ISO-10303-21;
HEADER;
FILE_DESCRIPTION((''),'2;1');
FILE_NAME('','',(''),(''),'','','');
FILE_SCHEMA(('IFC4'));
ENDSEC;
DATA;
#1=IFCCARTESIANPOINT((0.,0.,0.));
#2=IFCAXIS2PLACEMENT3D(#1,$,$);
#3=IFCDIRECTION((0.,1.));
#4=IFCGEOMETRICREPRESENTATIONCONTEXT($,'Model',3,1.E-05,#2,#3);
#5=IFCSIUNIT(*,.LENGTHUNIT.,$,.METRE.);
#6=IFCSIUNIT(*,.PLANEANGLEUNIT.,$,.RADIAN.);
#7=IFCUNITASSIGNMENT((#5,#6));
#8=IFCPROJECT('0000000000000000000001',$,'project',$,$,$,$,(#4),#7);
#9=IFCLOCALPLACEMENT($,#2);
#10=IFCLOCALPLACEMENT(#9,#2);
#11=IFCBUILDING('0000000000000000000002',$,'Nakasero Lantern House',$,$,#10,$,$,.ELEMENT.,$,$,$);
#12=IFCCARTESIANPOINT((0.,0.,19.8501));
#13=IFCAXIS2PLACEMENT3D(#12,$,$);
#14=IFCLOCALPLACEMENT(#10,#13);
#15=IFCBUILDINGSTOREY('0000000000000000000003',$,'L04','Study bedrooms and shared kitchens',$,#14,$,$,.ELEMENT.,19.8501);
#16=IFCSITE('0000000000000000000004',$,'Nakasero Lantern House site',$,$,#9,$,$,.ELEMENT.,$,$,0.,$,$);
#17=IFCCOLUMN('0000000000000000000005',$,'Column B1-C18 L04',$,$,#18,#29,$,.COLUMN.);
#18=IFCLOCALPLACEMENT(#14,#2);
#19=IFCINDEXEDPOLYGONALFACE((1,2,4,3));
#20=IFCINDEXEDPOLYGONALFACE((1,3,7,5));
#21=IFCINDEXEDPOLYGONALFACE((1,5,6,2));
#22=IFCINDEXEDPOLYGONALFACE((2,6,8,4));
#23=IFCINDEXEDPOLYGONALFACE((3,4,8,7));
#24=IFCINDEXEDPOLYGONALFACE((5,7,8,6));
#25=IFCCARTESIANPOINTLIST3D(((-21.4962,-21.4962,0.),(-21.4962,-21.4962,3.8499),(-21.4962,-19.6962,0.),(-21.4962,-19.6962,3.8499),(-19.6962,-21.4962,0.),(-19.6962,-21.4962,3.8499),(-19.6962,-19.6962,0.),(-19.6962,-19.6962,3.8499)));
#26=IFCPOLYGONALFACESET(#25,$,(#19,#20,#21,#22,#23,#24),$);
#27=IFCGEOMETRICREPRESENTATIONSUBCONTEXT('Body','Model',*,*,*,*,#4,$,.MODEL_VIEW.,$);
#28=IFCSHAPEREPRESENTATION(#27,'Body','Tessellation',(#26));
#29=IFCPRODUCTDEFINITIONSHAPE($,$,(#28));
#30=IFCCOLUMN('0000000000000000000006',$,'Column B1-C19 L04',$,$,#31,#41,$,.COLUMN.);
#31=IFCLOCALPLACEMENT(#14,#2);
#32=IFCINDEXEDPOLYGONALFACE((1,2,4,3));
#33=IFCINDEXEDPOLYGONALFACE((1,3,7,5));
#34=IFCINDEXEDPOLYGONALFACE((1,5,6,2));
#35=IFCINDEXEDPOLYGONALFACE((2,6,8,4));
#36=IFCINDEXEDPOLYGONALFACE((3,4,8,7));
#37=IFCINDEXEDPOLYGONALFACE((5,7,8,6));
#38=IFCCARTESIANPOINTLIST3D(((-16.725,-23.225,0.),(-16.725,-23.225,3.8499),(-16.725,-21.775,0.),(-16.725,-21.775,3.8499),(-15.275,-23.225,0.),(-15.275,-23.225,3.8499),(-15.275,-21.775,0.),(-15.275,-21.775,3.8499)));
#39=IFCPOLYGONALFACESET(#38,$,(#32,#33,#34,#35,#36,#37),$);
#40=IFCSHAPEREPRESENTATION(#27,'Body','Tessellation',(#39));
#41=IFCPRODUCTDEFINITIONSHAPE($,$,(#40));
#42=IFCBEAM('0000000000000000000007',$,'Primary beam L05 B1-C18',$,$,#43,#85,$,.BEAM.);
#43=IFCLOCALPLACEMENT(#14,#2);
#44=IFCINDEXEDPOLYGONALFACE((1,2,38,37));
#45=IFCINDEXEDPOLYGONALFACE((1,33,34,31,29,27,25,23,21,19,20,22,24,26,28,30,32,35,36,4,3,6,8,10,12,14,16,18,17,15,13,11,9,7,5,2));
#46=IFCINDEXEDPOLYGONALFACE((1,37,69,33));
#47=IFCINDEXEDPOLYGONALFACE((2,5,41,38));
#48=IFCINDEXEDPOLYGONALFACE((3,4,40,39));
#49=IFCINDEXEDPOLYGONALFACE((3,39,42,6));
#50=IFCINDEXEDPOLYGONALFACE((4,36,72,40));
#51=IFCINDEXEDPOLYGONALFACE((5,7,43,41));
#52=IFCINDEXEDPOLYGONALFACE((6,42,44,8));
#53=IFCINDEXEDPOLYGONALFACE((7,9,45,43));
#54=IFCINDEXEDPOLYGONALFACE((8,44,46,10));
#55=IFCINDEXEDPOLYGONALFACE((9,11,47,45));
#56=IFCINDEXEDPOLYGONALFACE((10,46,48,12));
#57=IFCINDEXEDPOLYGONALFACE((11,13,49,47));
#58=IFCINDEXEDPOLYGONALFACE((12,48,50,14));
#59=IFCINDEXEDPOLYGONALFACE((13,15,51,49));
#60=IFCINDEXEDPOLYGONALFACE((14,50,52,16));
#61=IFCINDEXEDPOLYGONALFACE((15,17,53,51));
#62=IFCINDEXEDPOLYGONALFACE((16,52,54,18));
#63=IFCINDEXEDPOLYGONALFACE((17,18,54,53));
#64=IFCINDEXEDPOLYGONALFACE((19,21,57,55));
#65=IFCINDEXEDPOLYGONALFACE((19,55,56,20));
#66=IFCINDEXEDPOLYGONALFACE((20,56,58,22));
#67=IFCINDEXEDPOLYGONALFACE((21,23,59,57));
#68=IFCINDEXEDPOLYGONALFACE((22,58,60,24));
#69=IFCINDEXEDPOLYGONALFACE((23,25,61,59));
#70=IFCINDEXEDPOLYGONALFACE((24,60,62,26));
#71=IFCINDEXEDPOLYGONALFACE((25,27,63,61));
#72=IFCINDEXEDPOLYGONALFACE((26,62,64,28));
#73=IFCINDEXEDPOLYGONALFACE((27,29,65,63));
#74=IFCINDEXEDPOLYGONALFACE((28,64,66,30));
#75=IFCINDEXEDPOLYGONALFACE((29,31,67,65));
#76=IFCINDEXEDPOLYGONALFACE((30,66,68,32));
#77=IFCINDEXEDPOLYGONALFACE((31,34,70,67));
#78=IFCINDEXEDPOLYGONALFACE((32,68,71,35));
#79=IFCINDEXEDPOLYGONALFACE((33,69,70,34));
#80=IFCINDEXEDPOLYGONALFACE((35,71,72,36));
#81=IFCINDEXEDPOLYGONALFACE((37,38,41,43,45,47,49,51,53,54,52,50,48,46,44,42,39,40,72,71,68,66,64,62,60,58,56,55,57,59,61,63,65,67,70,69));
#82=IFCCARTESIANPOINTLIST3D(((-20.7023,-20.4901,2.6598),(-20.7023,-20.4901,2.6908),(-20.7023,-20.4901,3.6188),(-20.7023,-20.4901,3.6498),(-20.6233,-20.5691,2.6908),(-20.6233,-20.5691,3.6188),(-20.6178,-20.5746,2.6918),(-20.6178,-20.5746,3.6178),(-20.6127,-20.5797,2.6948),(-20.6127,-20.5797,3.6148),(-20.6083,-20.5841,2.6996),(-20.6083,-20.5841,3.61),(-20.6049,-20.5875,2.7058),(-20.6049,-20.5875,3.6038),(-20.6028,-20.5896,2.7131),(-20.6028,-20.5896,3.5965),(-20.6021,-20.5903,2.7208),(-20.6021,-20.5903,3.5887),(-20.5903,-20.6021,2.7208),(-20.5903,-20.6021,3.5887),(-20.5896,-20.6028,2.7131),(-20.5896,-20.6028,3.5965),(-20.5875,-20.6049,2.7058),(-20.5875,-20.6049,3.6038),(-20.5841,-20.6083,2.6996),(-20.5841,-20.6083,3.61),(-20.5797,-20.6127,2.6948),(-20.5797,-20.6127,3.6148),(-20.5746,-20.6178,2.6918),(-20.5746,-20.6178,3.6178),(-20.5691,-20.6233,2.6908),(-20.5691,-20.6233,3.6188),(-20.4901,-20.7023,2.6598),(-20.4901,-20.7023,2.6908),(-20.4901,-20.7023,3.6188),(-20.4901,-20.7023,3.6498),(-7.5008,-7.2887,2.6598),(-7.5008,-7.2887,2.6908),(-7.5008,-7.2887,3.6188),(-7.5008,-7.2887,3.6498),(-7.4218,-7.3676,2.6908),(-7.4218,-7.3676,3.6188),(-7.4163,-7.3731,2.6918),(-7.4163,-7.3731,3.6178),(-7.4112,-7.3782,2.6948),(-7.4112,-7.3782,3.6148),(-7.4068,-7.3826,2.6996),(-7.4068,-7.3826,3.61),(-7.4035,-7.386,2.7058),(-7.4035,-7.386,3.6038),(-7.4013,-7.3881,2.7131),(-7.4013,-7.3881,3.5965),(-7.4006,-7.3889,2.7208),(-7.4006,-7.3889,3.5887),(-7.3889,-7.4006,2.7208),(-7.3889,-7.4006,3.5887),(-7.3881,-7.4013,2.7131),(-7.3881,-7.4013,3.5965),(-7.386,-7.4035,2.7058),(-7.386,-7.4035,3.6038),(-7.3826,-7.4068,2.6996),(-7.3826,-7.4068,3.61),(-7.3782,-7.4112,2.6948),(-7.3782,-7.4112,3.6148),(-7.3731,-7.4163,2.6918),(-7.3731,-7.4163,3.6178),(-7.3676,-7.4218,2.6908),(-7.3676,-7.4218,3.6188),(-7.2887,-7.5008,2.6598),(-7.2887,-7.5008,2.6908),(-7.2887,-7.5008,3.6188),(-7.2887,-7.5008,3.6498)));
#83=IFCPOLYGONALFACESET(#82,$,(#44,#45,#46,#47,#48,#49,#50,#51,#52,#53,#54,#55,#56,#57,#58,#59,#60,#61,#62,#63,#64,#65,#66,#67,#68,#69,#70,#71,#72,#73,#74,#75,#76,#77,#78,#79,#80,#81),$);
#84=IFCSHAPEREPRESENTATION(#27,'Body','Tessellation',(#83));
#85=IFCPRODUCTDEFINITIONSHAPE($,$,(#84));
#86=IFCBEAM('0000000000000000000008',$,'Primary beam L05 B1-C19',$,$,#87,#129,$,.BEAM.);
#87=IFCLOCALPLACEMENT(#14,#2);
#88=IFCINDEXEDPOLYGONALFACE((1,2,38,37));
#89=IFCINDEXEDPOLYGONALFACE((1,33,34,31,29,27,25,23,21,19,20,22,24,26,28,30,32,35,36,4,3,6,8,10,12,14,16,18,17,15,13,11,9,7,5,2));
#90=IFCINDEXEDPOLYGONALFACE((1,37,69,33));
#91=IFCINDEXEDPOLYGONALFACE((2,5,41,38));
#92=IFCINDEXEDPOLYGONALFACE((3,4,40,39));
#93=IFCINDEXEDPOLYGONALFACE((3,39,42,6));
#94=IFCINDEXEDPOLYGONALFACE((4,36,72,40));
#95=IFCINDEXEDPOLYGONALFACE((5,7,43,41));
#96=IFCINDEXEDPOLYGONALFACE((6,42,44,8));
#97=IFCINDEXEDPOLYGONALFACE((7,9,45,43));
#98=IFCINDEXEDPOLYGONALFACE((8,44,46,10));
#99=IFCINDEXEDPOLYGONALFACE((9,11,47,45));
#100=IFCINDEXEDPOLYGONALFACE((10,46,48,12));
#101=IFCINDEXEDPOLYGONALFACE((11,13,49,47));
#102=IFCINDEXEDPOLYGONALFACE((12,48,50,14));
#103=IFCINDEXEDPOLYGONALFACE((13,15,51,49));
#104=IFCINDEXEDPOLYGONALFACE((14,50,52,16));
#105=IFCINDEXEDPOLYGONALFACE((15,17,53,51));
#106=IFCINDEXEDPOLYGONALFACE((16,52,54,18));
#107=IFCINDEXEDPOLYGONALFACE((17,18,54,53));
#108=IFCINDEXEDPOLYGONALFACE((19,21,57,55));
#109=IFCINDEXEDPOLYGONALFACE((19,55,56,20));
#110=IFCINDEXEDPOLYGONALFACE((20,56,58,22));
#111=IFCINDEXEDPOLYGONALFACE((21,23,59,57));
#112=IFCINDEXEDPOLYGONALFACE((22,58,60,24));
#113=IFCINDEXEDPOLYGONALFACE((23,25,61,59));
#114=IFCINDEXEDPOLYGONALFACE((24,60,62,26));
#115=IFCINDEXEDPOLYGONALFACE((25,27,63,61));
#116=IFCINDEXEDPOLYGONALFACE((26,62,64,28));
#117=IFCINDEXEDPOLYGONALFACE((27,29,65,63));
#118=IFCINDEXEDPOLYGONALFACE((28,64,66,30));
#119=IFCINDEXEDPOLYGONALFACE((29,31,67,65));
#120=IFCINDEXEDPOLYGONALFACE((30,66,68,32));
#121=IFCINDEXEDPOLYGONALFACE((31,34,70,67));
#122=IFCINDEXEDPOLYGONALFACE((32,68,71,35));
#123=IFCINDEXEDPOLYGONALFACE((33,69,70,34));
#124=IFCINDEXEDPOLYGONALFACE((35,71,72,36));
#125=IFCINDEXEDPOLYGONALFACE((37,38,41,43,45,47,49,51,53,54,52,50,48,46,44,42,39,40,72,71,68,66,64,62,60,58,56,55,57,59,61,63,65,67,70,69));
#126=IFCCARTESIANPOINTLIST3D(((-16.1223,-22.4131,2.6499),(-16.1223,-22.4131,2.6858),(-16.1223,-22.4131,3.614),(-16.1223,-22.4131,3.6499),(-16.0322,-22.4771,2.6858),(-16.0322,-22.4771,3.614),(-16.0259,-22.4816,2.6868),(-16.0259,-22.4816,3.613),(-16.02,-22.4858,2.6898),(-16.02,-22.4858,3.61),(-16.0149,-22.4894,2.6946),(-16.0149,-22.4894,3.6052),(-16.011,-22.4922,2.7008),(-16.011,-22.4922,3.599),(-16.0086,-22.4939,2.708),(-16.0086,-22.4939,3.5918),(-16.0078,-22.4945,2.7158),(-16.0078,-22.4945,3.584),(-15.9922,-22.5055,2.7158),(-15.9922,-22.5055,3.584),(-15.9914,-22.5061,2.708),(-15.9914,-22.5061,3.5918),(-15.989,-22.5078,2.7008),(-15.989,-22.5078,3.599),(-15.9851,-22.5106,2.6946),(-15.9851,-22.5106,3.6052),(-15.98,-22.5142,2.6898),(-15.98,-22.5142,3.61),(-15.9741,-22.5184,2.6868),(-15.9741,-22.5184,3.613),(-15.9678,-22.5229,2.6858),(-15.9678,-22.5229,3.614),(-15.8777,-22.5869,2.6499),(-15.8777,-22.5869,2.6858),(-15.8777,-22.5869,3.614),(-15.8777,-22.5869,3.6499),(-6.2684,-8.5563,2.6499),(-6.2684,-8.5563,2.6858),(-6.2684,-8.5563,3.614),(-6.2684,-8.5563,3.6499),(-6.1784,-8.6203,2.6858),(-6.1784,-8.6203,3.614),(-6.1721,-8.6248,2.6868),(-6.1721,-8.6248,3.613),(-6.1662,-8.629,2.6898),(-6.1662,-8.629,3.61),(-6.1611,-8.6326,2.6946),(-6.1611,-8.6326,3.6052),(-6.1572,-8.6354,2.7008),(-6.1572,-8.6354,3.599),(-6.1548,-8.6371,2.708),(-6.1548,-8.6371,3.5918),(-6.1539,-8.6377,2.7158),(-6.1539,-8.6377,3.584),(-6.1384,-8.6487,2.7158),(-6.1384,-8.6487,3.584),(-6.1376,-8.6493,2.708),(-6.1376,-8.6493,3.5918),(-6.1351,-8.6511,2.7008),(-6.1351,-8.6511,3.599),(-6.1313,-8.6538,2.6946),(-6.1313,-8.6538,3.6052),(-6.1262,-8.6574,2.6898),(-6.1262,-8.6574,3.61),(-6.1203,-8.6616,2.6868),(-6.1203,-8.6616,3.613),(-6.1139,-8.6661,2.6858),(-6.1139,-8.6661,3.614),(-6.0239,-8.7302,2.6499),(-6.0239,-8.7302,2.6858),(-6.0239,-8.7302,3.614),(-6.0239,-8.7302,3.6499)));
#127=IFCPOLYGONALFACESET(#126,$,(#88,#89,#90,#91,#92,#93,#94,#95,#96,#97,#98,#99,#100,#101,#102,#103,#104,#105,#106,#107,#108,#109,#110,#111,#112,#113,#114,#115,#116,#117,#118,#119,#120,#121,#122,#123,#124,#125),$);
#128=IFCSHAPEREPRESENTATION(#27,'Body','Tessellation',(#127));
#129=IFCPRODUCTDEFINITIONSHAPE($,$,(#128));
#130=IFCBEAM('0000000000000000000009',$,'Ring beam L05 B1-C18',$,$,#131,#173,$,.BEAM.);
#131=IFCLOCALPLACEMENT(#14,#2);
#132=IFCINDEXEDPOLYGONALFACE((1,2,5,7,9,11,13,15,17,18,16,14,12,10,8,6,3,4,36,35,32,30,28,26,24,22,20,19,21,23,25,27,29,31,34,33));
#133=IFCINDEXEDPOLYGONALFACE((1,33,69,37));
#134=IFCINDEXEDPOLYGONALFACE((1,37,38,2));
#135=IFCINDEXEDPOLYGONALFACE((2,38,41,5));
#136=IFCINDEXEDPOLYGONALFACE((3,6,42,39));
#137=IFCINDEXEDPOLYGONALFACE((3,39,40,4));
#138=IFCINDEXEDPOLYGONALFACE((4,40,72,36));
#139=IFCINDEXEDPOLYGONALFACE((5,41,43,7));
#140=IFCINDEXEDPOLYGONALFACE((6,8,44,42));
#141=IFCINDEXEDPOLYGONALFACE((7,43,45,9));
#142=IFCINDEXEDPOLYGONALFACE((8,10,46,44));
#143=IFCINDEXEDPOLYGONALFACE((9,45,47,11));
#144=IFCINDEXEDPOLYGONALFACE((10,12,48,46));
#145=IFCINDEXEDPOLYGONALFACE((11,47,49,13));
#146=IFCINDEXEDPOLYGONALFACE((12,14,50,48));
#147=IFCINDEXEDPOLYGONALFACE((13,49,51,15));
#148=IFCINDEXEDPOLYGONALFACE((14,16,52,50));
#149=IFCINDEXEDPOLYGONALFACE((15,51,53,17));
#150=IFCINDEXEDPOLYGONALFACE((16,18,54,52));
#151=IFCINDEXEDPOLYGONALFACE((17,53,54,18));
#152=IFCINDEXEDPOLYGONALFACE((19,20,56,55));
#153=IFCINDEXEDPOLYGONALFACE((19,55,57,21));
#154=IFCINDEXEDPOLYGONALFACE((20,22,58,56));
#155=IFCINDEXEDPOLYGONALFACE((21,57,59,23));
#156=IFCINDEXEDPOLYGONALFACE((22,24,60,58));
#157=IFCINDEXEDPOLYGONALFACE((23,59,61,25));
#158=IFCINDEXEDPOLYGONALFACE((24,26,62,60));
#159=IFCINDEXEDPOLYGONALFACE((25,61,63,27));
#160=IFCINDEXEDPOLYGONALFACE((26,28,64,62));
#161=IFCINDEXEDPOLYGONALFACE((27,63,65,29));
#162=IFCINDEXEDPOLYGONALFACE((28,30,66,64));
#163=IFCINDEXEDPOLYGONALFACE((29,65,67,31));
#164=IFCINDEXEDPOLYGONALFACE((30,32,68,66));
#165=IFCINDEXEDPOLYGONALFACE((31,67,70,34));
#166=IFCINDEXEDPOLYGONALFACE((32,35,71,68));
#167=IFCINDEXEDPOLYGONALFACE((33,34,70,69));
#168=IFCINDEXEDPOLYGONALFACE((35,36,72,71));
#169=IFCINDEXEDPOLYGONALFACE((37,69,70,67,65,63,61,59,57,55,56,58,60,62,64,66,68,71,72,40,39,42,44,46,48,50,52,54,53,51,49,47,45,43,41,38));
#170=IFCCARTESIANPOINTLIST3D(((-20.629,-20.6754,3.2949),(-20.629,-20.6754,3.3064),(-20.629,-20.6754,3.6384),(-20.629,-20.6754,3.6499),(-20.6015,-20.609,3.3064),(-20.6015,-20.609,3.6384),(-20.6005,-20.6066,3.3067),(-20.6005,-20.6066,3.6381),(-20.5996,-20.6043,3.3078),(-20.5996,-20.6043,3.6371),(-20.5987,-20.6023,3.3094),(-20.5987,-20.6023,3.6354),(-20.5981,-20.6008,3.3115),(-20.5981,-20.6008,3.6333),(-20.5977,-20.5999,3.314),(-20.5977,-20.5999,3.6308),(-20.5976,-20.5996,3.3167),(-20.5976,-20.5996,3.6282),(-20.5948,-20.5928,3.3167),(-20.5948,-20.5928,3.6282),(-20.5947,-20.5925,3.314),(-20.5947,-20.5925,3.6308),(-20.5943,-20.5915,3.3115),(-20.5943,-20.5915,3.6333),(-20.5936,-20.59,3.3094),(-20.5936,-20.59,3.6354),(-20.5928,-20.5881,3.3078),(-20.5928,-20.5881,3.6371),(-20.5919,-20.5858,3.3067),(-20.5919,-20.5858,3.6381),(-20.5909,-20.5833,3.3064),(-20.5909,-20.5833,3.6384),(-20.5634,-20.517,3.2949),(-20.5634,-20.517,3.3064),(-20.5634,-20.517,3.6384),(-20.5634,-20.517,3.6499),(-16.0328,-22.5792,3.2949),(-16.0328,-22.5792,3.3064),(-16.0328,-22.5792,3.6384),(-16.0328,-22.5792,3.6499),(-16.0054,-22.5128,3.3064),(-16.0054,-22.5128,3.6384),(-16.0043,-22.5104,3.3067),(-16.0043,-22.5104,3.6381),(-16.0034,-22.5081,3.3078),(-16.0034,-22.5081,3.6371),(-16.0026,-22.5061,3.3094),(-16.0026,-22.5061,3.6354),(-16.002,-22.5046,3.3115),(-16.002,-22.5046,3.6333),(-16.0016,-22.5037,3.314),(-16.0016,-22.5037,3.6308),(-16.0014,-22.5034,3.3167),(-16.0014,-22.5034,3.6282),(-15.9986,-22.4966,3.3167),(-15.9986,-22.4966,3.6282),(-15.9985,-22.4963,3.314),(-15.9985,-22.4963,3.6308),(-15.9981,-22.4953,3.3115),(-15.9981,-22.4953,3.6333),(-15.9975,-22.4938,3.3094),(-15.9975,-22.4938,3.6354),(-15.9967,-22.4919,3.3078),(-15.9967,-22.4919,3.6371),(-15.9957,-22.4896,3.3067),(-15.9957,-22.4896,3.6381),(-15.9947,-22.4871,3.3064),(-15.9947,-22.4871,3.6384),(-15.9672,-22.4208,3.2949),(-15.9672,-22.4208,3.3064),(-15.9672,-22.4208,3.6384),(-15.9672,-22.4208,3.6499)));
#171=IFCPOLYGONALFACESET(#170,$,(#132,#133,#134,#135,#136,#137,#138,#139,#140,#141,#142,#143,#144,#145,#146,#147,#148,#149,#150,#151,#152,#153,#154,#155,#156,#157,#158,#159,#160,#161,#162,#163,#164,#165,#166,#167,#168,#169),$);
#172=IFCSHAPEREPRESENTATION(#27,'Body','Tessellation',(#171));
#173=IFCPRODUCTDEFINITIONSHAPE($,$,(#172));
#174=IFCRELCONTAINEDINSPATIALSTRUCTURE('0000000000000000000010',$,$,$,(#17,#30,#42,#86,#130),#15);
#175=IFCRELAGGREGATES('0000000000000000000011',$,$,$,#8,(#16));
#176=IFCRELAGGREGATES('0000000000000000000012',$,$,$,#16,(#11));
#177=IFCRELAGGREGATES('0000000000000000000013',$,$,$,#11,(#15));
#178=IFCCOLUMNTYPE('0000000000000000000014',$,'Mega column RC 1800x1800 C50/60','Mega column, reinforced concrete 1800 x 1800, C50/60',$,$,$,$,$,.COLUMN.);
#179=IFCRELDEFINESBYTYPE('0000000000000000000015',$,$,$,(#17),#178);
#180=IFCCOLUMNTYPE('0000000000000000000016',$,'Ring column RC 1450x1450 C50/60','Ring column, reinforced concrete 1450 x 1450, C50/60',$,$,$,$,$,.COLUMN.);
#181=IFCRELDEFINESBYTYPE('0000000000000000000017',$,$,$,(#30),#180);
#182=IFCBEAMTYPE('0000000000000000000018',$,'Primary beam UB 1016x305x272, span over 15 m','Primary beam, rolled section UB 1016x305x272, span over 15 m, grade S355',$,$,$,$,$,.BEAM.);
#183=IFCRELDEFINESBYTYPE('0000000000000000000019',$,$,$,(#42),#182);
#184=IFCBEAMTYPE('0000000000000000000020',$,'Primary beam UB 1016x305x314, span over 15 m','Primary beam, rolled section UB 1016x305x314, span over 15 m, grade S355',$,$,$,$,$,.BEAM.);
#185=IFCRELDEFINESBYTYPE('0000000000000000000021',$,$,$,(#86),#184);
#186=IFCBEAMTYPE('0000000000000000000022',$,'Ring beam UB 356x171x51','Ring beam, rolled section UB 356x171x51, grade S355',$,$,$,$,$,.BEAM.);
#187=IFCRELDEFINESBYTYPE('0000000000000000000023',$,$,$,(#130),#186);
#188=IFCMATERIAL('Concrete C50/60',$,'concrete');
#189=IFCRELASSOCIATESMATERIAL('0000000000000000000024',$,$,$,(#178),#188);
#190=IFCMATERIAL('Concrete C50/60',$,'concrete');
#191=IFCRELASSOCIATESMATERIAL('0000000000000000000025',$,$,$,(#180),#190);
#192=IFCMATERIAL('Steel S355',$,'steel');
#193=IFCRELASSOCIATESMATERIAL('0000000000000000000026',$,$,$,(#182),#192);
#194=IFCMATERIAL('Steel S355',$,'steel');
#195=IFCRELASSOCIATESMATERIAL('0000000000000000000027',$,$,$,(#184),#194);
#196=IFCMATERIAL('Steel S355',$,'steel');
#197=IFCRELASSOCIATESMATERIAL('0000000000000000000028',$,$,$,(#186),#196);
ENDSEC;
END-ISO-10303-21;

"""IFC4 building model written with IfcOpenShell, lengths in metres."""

from ifc_helpers import new_model, si_unit, direction, frame, origin, origin_2d, place, context, subcontext, project, spatial, rectangle, i_section, extrude, material, material_profile, profile_set, type_object, element, save


model = new_model("IFC4")

# Units and contexts
model_context = context("Model", 3, precision=1e-05, world=origin(), true_north=direction((0.0, 1.0)))
body_context = subcontext(model_context, "Body", "Model", "MODEL_VIEW")
ifc_project = project(units=[si_unit("LENGTHUNIT", "METRE"), si_unit("PLANEANGLEUNIT", "RADIAN")], contexts=[model_context])

# Site, building, storey
site_placement = place(None, origin())
site = spatial("IfcSite", under=ifc_project, at=site_placement, Name="Nakasero Lantern House site", CompositionType="ELEMENT", RefElevation=0.0)
building_placement = place(site_placement, origin())
building = spatial("IfcBuilding", under=site, at=building_placement, Name="Nakasero Lantern House", CompositionType="ELEMENT")
storey_placement = place(building_placement, frame((0.0, 0.0, 19.8501)))
storey = spatial("IfcBuildingStorey", under=building, at=storey_placement, Name="L04", Description="Study bedrooms and shared kitchens", CompositionType="ELEMENT", Elevation=19.8501)

# Columns
ifc_material_1 = material(Name="Concrete C50/60", Category="concrete")
ifc_material_profile_1 = material_profile(ifc_material_1, rectangle(XDim=1.8, YDim=1.8, at=origin_2d()), Name="RC 1800x1800")
ifc_profile_set_1 = profile_set([ifc_material_profile_1], Name="Concrete C50/60")
column_type_1 = type_object("IfcColumnType", Name="Mega column RC 1800x1800 C50/60", Description="Mega column, reinforced concrete 1800 x 1800, C50/60", PredefinedType="COLUMN", material=ifc_profile_set_1)
column_1_placement = place(storey_placement, frame((-20.5962, -20.5962, 0.0), z_axis=(0.0, 0.0, 1.0), x_axis=(1.0, 0.0, 0.0)))
element("IfcColumn", 1, at=column_1_placement, inside=storey, type_object=column_type_1, Name="Column B1-C18 L04", PredefinedType="COLUMN", context=body_context, shape_type="SweptSolid", body=[
    extrude(rectangle(XDim=1.8, YDim=1.8, at=origin_2d()), origin(), (0.0, 0.0, 1.0), 3.8499),
])
ifc_material_2 = material(Name="Concrete C50/60", Category="concrete")
ifc_material_profile_2 = material_profile(ifc_material_2, rectangle(XDim=1.45, YDim=1.45, at=origin_2d()), Name="RC 1450x1450")
ifc_profile_set_2 = profile_set([ifc_material_profile_2], Name="Concrete C50/60")
column_type_2 = type_object("IfcColumnType", Name="Ring column RC 1450x1450 C50/60", Description="Ring column, reinforced concrete 1450 x 1450, C50/60", PredefinedType="COLUMN", material=ifc_profile_set_2)
column_2_placement = place(storey_placement, frame((-16.0, -22.5, 0.0), z_axis=(0.0, 0.0, 1.0), x_axis=(1.0, 0.0, 0.0)))
element("IfcColumn", 2, at=column_2_placement, inside=storey, type_object=column_type_2, Name="Column B1-C19 L04", PredefinedType="COLUMN", context=body_context, shape_type="SweptSolid", body=[
    extrude(rectangle(XDim=1.45, YDim=1.45, at=origin_2d()), origin(), (0.0, 0.0, 1.0), 3.8499),
])

# Beams
ifc_material_3 = material(Name="Steel S355", Category="steel")
ifc_material_profile_3 = material_profile(ifc_material_3, i_section(OverallWidth=0.3, OverallDepth=0.99, WebThickness=0.0166, FlangeThickness=0.031, FilletRadius=0.03, at=origin_2d()), Name="UB 1016x305x272")
ifc_profile_set_3 = profile_set([ifc_material_profile_3], Name="Steel S355")
beam_type_1 = type_object("IfcBeamType", Name="Primary beam UB 1016x305x272, span over 15 m", Description="Primary beam, rolled section UB 1016x305x272, span over 15 m, grade S355", PredefinedType="BEAM", material=ifc_profile_set_3)
beam_1_placement = place(storey_placement, frame((-20.5962, -20.5962, 3.1548), z_axis=(0.707107, 0.707107, 0.0), x_axis=(-0.707107, 0.707107, 0.0)))
element("IfcBeam", 3, at=beam_1_placement, inside=storey, type_object=beam_type_1, Name="Primary beam L05 B1-C18", PredefinedType="BEAM", context=body_context, shape_type="SweptSolid", body=[
    extrude(i_section(OverallWidth=0.3, OverallDepth=0.99, WebThickness=0.0166, FlangeThickness=0.031, FilletRadius=0.03, at=origin_2d()), origin(), (0.0, 0.0, 1.0), 18.6697),
])
ifc_material_4 = material(Name="Steel S355", Category="steel")
ifc_material_profile_4 = material_profile(ifc_material_4, i_section(OverallWidth=0.3, OverallDepth=1.0, WebThickness=0.019, FlangeThickness=0.0359, FilletRadius=0.03, at=origin_2d()), Name="UB 1016x305x314")
ifc_profile_set_4 = profile_set([ifc_material_profile_4], Name="Steel S355")
beam_type_2 = type_object("IfcBeamType", Name="Primary beam UB 1016x305x314, span over 15 m", Description="Primary beam, rolled section UB 1016x305x314, span over 15 m, grade S355", PredefinedType="BEAM", material=ifc_profile_set_4)
beam_2_placement = place(storey_placement, frame((-16.0, -22.5, 3.1499), z_axis=(0.579528, 0.814952, 0.0), x_axis=(-0.814952, 0.579528, 0.0)))
element("IfcBeam", 4, at=beam_2_placement, inside=storey, type_object=beam_type_2, Name="Primary beam L05 B1-C19", PredefinedType="BEAM", context=body_context, shape_type="SweptSolid", body=[
    extrude(i_section(OverallWidth=0.3, OverallDepth=1.0, WebThickness=0.019, FlangeThickness=0.0359, FilletRadius=0.03, at=origin_2d()), origin(), (0.0, 0.0, 1.0), 17.0032),
])
ifc_material_5 = material(Name="Steel S355", Category="steel")
ifc_material_profile_5 = material_profile(ifc_material_5, i_section(OverallWidth=0.1714, OverallDepth=0.355, WebThickness=0.0073, FlangeThickness=0.0115, FilletRadius=0.0103, at=origin_2d()), Name="UB 356x171x51")
ifc_profile_set_5 = profile_set([ifc_material_profile_5], Name="Steel S355")
beam_type_3 = type_object("IfcBeamType", Name="Ring beam UB 356x171x51", Description="Ring beam, rolled section UB 356x171x51, grade S355", PredefinedType="BEAM", material=ifc_profile_set_5)
beam_3_placement = place(storey_placement, frame((-20.5962, -20.5962, 3.4724), z_axis=(0.923879, -0.382684, 0.0), x_axis=(0.382684, 0.923879, 0.0)))
element("IfcBeam", 5, at=beam_3_placement, inside=storey, type_object=beam_type_3, Name="Ring beam L05 B1-C18", PredefinedType="BEAM", context=body_context, shape_type="SweptSolid", body=[
    extrude(i_section(OverallWidth=0.1714, OverallDepth=0.355, WebThickness=0.0073, FlangeThickness=0.0115, FilletRadius=0.0103, at=origin_2d()), origin(), (0.0, 0.0, 1.0), 4.9749),
])

save(model, "model.ifc")
